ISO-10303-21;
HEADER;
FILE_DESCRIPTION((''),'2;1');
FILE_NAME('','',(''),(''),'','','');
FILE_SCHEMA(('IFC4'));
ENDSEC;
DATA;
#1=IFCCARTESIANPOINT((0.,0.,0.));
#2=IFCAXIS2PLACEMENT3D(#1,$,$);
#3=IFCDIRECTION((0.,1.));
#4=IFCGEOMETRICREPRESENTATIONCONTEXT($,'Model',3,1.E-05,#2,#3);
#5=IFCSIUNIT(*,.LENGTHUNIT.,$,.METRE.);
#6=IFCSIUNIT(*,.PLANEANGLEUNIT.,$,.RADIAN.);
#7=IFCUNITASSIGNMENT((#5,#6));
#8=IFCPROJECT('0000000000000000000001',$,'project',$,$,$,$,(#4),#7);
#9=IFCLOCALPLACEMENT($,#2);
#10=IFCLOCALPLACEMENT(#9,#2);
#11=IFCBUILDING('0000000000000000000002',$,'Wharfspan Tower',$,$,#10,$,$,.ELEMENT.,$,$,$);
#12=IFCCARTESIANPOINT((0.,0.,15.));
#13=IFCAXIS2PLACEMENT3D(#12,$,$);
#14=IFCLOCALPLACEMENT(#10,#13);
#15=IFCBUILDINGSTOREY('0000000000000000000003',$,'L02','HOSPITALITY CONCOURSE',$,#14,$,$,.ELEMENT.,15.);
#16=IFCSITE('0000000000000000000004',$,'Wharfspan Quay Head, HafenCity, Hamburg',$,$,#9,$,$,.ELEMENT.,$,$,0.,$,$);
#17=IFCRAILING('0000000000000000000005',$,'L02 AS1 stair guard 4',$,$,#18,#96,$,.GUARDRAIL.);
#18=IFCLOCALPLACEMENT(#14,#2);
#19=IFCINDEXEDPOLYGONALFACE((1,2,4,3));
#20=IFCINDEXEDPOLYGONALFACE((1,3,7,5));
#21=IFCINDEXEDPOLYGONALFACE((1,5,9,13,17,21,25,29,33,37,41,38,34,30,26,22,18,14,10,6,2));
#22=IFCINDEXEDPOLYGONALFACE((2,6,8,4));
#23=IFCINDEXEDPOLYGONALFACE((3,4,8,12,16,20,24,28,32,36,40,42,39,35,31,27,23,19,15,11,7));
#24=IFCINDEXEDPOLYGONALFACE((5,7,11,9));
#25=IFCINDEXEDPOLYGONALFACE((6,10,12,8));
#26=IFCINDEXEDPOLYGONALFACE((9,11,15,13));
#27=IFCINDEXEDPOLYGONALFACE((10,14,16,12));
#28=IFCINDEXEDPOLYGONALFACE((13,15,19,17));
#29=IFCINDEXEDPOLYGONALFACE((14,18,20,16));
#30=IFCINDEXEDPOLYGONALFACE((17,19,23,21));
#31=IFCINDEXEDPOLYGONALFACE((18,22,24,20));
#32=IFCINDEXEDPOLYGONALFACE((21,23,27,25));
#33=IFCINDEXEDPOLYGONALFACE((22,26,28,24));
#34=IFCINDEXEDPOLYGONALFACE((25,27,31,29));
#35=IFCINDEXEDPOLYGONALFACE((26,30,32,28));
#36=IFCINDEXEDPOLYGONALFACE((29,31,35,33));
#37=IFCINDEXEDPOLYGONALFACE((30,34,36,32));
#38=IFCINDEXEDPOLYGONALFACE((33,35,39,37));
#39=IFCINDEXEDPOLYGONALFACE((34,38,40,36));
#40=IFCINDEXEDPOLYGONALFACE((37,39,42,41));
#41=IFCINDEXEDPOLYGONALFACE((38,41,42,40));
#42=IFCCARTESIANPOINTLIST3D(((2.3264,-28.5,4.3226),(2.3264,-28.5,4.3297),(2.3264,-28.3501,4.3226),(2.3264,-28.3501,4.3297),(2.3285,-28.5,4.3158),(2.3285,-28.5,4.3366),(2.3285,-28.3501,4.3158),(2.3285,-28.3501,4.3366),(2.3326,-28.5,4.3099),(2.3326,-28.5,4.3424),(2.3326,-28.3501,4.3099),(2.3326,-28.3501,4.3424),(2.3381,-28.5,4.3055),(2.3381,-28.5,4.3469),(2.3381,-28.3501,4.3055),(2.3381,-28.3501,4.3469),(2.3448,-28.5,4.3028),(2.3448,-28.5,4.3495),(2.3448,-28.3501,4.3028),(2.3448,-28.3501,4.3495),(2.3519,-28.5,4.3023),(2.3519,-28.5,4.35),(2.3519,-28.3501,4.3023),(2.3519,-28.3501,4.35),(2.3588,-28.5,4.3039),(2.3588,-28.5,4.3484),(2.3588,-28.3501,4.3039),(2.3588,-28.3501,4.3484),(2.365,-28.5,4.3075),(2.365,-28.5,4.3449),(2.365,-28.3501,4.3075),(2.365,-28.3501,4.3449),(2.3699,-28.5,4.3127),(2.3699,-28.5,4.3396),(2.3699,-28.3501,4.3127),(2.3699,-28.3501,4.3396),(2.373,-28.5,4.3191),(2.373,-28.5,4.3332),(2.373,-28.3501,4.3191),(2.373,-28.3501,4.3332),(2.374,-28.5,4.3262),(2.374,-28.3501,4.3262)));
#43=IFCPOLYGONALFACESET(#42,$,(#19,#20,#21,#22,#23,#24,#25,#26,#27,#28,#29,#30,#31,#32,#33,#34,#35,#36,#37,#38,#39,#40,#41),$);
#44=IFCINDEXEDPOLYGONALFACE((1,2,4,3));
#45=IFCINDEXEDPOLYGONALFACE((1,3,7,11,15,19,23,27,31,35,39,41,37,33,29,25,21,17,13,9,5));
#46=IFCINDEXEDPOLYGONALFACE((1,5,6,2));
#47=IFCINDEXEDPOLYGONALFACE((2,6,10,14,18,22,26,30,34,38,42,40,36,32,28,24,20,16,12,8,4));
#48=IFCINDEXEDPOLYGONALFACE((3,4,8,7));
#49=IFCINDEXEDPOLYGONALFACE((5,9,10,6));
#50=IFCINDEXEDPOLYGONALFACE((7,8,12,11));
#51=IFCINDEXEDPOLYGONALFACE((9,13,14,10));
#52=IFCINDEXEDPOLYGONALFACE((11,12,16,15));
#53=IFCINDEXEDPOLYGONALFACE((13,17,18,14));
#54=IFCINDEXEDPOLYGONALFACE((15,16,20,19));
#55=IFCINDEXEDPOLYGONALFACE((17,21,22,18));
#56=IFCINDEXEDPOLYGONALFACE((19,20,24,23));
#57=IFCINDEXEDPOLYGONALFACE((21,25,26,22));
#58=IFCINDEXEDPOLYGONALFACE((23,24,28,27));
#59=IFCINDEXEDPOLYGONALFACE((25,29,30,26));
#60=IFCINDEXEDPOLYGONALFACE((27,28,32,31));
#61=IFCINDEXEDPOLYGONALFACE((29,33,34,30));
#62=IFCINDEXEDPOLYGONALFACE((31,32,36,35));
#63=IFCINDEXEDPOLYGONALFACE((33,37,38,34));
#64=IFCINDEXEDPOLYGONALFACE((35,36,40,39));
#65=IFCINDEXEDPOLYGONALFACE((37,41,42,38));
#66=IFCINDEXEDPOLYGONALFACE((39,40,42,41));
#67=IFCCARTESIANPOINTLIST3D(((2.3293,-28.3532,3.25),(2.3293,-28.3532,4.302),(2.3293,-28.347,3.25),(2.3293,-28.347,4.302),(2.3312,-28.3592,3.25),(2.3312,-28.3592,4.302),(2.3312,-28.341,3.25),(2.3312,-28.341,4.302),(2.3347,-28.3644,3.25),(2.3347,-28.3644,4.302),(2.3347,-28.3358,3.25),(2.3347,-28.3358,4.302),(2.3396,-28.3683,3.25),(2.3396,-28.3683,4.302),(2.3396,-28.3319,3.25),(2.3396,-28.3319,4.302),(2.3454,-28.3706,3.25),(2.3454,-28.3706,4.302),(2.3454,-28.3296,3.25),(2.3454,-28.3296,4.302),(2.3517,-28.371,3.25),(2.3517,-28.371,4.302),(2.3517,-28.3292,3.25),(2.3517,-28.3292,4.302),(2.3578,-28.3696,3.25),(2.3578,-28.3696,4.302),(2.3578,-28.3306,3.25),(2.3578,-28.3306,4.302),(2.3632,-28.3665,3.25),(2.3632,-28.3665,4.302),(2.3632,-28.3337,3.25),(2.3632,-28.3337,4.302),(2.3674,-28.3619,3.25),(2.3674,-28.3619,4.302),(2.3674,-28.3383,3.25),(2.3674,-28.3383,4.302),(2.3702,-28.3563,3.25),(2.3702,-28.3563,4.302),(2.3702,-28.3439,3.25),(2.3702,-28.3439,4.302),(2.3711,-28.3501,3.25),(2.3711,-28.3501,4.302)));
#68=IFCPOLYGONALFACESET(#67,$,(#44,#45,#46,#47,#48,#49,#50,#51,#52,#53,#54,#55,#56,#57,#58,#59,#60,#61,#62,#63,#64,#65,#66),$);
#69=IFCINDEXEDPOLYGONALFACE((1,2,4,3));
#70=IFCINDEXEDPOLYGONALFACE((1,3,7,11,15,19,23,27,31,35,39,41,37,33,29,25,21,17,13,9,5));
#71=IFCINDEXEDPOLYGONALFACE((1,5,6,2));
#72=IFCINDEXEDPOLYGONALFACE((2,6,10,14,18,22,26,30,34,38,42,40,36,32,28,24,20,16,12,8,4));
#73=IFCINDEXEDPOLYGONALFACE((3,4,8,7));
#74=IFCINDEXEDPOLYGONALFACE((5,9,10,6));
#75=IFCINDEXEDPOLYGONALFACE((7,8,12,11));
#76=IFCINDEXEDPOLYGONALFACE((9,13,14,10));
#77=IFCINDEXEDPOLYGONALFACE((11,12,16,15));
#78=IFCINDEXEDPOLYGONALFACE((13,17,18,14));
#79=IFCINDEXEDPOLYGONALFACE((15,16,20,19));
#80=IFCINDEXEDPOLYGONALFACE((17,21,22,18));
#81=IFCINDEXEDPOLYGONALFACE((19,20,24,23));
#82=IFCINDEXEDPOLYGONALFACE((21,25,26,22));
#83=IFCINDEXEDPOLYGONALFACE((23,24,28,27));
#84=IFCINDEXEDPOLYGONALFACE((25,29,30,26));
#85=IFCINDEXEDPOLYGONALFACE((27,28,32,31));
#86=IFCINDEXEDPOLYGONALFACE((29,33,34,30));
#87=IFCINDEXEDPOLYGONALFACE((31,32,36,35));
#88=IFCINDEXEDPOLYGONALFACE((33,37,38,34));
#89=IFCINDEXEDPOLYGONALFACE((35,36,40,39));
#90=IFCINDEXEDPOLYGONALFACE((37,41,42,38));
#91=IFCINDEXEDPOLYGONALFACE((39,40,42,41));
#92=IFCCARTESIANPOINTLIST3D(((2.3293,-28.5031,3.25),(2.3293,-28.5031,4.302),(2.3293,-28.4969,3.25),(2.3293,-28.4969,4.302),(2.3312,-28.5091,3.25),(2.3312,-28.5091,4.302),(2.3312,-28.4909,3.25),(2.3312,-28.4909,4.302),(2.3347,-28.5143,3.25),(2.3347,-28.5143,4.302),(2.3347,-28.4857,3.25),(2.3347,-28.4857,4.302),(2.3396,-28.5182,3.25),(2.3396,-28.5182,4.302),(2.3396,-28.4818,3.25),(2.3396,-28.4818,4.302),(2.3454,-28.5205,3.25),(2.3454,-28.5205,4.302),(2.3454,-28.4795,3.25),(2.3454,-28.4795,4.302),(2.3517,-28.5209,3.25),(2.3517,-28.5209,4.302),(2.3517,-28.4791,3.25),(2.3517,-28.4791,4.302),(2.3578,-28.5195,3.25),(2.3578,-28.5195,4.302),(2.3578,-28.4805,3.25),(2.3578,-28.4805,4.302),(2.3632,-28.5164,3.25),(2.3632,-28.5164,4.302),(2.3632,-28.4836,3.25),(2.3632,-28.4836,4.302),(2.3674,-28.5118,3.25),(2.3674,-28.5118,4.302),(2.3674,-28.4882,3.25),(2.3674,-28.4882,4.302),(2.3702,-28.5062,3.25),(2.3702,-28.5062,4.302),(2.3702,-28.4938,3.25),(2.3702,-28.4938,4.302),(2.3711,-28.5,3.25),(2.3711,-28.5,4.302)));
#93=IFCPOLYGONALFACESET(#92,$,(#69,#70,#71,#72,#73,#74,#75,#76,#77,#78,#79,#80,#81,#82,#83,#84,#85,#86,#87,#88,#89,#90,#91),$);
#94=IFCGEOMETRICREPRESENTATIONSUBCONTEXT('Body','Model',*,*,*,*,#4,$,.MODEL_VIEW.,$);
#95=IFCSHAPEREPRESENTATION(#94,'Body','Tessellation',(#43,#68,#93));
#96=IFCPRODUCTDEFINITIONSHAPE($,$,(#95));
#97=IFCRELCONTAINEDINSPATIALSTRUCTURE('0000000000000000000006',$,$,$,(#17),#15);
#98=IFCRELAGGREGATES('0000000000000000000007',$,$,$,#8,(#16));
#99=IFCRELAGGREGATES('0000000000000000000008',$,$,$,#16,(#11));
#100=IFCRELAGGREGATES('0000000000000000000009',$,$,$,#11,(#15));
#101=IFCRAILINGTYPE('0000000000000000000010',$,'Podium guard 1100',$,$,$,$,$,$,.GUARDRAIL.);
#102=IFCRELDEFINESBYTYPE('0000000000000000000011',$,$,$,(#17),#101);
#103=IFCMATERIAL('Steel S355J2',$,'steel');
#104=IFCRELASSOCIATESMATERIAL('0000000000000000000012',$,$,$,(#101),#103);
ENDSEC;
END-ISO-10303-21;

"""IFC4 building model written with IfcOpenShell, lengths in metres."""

from ifc_helpers import new_model, si_unit, direction, frame, origin, origin_2d, place, context, subcontext, project, spatial, circle, extrude, material, type_object, element, save


model = new_model("IFC4")

# Units and contexts
model_context = context("Model", 3, precision=1e-05, world=origin(), true_north=direction((0.0, 1.0)))
body_context = subcontext(model_context, "Body", "Model", "MODEL_VIEW")
ifc_project = project(units=[si_unit("LENGTHUNIT", "METRE"), si_unit("PLANEANGLEUNIT", "RADIAN")], contexts=[model_context])

# Site, building, storey
site_placement = place(None, origin())
site = spatial("IfcSite", under=ifc_project, at=site_placement, Name="Wharfspan Quay Head, HafenCity, Hamburg", CompositionType="ELEMENT", RefElevation=0.0)
building_placement = place(site_placement, origin())
building = spatial("IfcBuilding", under=site, at=building_placement, Name="Wharfspan Tower", CompositionType="ELEMENT")
storey_placement = place(building_placement, frame((0.0, 0.0, 15.0)))
storey = spatial("IfcBuildingStorey", under=building, at=storey_placement, Name="L02", Description="HOSPITALITY CONCOURSE", CompositionType="ELEMENT", Elevation=15.0)

# Railing
ifc_material_1 = material(Name="Steel S355J2", Category="steel")
railing_type_1 = type_object("IfcRailingType", Name="Podium guard 1100", PredefinedType="GUARDRAIL", material=ifc_material_1)
railing_1_placement = place(storey_placement, frame((2.3501, -28.3501, 3.25)))
element("IfcRailing", 1, at=railing_1_placement, inside=storey, type_object=railing_type_1, Name="L02 AS1 stair guard 4", PredefinedType="GUARDRAIL", context=body_context, shape_type="SweptSolid", body=[
    extrude(circle(Radius=0.0239, at=origin_2d()), frame((0.0, 0.0, 1.0762), z_axis=(0.0, -1.0, 0.0), x_axis=(1.0, 0.0, 0.0)), (0.0, 0.0, 1.0), 0.1499),
    extrude(circle(Radius=0.021, at=origin_2d()), origin(), (0.0, 0.0, 1.0), 1.052),
    extrude(circle(Radius=0.021, at=origin_2d()), frame((0.0, -0.1499, 0.0)), (0.0, 0.0, 1.0), 1.052),
])

save(model, "model.ifc")
